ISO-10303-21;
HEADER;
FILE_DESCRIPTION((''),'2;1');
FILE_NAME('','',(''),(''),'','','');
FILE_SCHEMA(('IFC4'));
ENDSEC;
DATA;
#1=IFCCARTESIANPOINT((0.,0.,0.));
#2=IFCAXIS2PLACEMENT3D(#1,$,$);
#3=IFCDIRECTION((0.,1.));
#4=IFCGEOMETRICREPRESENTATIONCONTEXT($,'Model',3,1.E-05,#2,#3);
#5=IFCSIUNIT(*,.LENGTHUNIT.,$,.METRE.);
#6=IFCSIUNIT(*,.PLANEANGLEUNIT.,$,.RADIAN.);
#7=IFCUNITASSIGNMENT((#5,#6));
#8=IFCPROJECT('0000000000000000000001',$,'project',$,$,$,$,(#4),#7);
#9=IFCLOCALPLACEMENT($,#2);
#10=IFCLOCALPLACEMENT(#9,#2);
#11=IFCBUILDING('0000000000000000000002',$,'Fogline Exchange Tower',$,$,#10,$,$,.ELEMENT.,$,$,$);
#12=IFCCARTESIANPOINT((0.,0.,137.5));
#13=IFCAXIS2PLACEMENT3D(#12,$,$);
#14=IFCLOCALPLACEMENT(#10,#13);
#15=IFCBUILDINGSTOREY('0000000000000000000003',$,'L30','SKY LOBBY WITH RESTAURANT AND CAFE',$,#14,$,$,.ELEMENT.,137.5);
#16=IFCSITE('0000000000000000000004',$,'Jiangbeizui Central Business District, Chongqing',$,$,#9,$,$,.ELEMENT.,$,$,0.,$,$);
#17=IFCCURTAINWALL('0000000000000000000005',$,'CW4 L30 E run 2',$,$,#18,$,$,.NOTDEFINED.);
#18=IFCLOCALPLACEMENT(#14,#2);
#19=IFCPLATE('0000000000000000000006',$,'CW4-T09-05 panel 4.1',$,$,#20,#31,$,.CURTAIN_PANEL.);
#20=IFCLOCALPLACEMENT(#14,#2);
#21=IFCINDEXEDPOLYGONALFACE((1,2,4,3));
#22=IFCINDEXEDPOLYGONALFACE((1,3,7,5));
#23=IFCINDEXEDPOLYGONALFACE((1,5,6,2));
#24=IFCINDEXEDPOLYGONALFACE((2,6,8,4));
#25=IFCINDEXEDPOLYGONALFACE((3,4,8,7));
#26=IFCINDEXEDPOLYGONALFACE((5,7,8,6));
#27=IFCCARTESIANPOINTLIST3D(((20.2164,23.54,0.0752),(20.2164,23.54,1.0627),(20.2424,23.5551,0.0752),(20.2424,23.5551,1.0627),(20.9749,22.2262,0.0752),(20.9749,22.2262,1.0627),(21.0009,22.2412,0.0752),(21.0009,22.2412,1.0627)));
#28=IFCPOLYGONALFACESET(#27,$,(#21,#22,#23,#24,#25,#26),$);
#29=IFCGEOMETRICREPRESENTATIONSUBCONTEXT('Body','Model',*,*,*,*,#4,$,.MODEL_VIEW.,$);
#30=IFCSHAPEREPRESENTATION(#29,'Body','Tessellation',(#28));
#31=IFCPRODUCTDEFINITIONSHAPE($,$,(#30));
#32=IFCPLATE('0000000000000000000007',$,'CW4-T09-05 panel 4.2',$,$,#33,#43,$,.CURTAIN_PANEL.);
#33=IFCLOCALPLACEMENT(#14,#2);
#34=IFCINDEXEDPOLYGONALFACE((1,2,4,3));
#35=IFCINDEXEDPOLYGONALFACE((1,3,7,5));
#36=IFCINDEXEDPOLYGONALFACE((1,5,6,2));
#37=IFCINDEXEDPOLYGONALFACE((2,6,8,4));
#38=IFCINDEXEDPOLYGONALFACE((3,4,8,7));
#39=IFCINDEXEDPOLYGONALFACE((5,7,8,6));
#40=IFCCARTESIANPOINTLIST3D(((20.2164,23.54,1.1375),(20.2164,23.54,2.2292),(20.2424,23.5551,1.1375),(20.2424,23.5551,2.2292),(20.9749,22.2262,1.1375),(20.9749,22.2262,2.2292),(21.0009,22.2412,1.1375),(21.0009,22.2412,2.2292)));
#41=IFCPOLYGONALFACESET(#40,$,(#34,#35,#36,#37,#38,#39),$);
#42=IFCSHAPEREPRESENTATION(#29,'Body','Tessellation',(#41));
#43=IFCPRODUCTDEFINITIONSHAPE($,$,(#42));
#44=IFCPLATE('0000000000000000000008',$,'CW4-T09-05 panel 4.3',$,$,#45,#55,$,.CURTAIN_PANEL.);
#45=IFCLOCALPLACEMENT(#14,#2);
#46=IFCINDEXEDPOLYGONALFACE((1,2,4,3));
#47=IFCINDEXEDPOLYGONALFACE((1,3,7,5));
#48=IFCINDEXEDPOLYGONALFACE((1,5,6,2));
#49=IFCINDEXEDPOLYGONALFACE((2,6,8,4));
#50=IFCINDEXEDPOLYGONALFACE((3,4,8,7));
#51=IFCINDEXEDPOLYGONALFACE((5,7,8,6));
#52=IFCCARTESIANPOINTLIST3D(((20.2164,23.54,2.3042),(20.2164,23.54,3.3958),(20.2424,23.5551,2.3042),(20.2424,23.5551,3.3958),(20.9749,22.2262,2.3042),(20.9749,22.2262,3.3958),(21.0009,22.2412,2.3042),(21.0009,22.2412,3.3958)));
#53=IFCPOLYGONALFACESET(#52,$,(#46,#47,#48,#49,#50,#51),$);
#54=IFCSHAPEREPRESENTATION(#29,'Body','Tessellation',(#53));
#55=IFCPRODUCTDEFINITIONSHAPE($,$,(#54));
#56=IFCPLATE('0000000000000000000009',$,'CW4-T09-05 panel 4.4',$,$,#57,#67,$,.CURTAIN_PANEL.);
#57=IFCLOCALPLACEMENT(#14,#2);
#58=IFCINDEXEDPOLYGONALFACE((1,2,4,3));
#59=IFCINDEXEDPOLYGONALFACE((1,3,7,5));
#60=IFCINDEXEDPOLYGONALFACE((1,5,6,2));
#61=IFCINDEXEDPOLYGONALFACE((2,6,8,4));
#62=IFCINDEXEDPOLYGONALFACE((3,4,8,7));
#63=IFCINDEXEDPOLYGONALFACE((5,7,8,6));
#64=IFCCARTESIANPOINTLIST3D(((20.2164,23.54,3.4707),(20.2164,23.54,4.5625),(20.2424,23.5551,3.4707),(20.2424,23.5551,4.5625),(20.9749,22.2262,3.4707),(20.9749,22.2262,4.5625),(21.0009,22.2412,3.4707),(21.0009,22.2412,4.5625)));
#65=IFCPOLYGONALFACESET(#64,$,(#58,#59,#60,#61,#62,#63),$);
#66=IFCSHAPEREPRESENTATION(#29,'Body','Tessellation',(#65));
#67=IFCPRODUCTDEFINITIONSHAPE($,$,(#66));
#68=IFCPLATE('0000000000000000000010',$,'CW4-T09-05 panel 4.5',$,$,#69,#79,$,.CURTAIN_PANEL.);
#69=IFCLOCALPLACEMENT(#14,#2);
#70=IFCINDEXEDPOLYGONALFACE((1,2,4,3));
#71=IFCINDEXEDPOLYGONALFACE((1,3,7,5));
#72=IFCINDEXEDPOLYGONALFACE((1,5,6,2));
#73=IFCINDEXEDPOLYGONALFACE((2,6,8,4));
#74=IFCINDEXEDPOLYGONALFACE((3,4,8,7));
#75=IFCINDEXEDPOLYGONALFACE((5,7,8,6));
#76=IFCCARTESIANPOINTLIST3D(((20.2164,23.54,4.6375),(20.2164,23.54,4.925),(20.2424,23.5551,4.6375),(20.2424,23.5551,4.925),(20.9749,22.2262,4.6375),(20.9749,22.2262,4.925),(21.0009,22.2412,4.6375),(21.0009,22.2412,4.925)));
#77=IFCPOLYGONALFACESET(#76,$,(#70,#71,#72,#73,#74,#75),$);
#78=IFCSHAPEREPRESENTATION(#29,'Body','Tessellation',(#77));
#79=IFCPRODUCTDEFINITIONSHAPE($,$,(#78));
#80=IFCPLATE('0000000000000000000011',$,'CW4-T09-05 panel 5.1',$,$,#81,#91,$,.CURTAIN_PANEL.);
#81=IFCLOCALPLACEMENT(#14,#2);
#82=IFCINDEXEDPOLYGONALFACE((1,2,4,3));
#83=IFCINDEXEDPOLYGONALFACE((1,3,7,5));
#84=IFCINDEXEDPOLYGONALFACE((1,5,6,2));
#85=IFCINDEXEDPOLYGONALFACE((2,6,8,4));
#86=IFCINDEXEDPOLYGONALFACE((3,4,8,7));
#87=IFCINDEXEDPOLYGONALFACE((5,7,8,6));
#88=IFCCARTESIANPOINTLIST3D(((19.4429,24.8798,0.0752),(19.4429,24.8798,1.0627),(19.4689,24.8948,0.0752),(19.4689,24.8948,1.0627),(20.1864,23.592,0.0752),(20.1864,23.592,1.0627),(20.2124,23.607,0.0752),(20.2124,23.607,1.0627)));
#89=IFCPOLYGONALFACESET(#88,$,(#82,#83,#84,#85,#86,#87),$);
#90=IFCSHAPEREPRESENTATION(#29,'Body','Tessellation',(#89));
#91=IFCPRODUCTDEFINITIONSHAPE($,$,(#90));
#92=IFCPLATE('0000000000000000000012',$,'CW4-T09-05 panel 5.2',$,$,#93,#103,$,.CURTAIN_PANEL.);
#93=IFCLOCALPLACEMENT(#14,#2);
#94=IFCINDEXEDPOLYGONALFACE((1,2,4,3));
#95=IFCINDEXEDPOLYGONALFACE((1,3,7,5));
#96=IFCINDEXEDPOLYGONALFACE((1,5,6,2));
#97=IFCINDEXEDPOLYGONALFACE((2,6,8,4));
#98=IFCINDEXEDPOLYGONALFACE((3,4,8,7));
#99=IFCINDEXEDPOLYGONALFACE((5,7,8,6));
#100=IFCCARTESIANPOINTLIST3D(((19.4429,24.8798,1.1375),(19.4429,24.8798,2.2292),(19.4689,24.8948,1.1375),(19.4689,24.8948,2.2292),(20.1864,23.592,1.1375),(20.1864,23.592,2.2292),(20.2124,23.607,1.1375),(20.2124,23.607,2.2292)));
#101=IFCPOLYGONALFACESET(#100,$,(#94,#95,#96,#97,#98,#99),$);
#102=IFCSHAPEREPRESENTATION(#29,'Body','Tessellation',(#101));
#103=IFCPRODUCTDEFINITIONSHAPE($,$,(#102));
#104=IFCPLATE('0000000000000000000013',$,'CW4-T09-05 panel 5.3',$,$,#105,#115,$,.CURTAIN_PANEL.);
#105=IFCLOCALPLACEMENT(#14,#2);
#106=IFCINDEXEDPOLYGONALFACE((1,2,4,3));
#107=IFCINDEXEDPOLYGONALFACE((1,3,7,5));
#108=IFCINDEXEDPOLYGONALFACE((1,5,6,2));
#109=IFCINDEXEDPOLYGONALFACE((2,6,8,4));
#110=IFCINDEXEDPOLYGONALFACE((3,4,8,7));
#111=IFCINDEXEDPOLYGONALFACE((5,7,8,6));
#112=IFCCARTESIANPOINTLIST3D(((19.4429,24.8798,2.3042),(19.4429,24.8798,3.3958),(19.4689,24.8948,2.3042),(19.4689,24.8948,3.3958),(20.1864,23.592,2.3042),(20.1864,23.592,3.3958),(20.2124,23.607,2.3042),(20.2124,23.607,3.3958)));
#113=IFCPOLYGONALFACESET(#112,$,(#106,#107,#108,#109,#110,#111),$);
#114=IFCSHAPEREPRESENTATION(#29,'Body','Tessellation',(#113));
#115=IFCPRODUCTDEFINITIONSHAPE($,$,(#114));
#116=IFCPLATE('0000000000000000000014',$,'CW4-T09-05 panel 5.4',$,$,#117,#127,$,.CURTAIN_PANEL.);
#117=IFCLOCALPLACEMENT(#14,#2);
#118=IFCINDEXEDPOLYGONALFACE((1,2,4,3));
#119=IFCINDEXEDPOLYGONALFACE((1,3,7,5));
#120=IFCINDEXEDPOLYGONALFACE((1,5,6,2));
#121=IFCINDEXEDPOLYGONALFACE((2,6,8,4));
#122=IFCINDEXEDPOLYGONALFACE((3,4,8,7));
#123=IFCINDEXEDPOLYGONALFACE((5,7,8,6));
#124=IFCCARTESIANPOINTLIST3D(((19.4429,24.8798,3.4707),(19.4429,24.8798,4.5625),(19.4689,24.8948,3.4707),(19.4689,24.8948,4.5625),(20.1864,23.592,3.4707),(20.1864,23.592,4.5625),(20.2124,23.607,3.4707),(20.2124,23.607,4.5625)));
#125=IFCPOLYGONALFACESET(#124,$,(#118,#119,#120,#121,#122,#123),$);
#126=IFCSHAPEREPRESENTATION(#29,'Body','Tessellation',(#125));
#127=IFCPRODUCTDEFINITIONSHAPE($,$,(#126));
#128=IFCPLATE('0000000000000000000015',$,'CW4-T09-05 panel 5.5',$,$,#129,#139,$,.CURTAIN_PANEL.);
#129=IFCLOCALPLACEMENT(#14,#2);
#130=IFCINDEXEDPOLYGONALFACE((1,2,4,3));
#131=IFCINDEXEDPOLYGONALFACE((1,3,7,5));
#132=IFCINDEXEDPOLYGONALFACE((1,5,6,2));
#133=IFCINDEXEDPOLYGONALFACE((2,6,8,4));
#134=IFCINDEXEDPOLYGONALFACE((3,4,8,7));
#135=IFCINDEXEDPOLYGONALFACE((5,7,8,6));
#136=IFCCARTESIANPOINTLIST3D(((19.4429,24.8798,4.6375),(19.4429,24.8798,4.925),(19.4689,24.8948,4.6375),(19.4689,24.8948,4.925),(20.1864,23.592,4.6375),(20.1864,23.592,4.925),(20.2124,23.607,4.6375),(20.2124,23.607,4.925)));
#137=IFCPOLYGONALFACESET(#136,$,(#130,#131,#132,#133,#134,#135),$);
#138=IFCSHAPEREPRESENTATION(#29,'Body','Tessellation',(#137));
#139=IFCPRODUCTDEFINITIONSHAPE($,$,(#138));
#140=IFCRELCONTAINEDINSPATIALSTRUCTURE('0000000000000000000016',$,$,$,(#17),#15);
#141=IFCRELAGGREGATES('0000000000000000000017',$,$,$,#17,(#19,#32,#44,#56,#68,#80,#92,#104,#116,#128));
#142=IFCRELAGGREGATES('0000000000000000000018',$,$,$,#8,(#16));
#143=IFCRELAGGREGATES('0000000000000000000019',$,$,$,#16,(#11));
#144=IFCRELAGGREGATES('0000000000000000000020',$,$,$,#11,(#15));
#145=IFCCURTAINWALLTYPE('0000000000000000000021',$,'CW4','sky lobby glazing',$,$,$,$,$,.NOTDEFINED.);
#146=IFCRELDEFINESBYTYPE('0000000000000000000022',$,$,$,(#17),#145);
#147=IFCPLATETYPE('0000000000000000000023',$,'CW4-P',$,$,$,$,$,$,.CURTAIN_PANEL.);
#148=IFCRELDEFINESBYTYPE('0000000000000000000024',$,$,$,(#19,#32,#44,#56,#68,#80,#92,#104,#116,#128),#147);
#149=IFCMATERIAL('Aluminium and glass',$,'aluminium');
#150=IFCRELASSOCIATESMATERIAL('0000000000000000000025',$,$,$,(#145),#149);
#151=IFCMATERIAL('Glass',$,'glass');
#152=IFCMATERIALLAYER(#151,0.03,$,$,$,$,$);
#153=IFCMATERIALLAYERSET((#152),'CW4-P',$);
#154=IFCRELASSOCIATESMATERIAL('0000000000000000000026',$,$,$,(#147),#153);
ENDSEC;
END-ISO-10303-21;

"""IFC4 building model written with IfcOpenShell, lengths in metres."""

from ifc_helpers import new_model, si_unit, direction, frame, origin, origin_2d, place, context, subcontext, project, spatial, rectangle, extrude, material, layer, layer_set, type_object, element, aggregate, save


model = new_model("IFC4")

# Units and contexts
model_context = context("Model", 3, precision=1e-05, world=origin(), true_north=direction((0.0, 1.0)))
body_context = subcontext(model_context, "Body", "Model", "MODEL_VIEW")
ifc_project = project(units=[si_unit("LENGTHUNIT", "METRE"), si_unit("PLANEANGLEUNIT", "RADIAN")], contexts=[model_context])

# Site, building, storey
site_placement = place(None, origin())
site = spatial("IfcSite", under=ifc_project, at=site_placement, Name="Jiangbeizui Central Business District, Chongqing", CompositionType="ELEMENT", RefElevation=0.0)
building_placement = place(site_placement, origin())
building = spatial("IfcBuilding", under=site, at=building_placement, Name="Fogline Exchange Tower", CompositionType="ELEMENT")
storey_placement = place(building_placement, frame((0.0, 0.0, 137.5)))
storey = spatial("IfcBuildingStorey", under=building, at=storey_placement, Name="L30", Description="SKY LOBBY WITH RESTAURANT AND CAFE", CompositionType="ELEMENT", Elevation=137.5)

# Curtain wall, plates
ifc_material_1 = material(Name="Aluminium and glass", Category="aluminium")
curtain_wall_type = type_object("IfcCurtainWallType", Name="CW4", Description="sky lobby glazing", PredefinedType="NOTDEFINED", material=ifc_material_1)
curtain_wall_placement = place(storey_placement, origin())
curtain_wall = element("IfcCurtainWall", 1, at=curtain_wall_placement, inside=storey, type_object=curtain_wall_type, Name="CW4 L30 E run 2", PredefinedType="NOTDEFINED")
ifc_material_2 = material(Name="Glass", Category="glass")
ifc_layer = layer(ifc_material_2, 0.03)
ifc_layer_set = layer_set([ifc_layer], Name="CW4-P")
plate_type = type_object("IfcPlateType", Name="CW4-P", PredefinedType="CURTAIN_PANEL", material=ifc_layer_set)
plate_1_placement = place(storey_placement, frame((20.6086, 22.8906, 0.0752), z_axis=(0.0, 0.0, 1.0), x_axis=(-0.5, 0.866025, 0.0)))
plate_1 = element("IfcPlate", 2, at=plate_1_placement, type_object=plate_type, Name="CW4-T09-05 panel 4.1", PredefinedType="CURTAIN_PANEL", context=body_context, shape_type="SweptSolid", body=[
    extrude(rectangle(XDim=1.5171, YDim=0.03, at=origin_2d()), origin(), (0.0, 0.0, 1.0), 0.9875),
])
plate_2_placement = place(storey_placement, frame((20.6086, 22.8906, 1.1375), z_axis=(0.0, 0.0, 1.0), x_axis=(-0.5, 0.866025, 0.0)))
plate_2 = element("IfcPlate", 3, at=plate_2_placement, type_object=plate_type, Name="CW4-T09-05 panel 4.2", PredefinedType="CURTAIN_PANEL", context=body_context, shape_type="SweptSolid", body=[
    extrude(rectangle(XDim=1.5171, YDim=0.03, at=origin_2d()), origin(), (0.0, 0.0, 1.0), 1.0918),
])
plate_3_placement = place(storey_placement, frame((20.6086, 22.8906, 2.3042), z_axis=(0.0, 0.0, 1.0), x_axis=(-0.5, 0.866025, 0.0)))
plate_3 = element("IfcPlate", 4, at=plate_3_placement, type_object=plate_type, Name="CW4-T09-05 panel 4.3", PredefinedType="CURTAIN_PANEL", context=body_context, shape_type="SweptSolid", body=[
    extrude(rectangle(XDim=1.5171, YDim=0.03, at=origin_2d()), origin(), (0.0, 0.0, 1.0), 1.0916),
])
plate_4_placement = place(storey_placement, frame((20.6086, 22.8906, 3.4707), z_axis=(0.0, 0.0, 1.0), x_axis=(-0.5, 0.866025, 0.0)))
plate_4 = element("IfcPlate", 5, at=plate_4_placement, type_object=plate_type, Name="CW4-T09-05 panel 4.4", PredefinedType="CURTAIN_PANEL", context=body_context, shape_type="SweptSolid", body=[
    extrude(rectangle(XDim=1.5171, YDim=0.03, at=origin_2d()), origin(), (0.0, 0.0, 1.0), 1.0918),
])
plate_5_placement = place(storey_placement, frame((20.6086, 22.8906, 4.6375), z_axis=(0.0, 0.0, 1.0), x_axis=(-0.5, 0.866025, 0.0)))
plate_5 = element("IfcPlate", 6, at=plate_5_placement, type_object=plate_type, Name="CW4-T09-05 panel 4.5", PredefinedType="CURTAIN_PANEL", context=body_context, shape_type="SweptSolid", body=[
    extrude(rectangle(XDim=1.5171, YDim=0.03, at=origin_2d()), origin(), (0.0, 0.0, 1.0), 0.2876),
])
plate_6_placement = place(storey_placement, frame((19.8276, 24.2434, 0.0752), z_axis=(0.0, 0.0, 1.0), x_axis=(-0.5, 0.866025, 0.0)))
plate_6 = element("IfcPlate", 7, at=plate_6_placement, type_object=plate_type, Name="CW4-T09-05 panel 5.1", PredefinedType="CURTAIN_PANEL", context=body_context, shape_type="SweptSolid", body=[
    extrude(rectangle(XDim=1.4871, YDim=0.03, at=origin_2d()), origin(), (0.0, 0.0, 1.0), 0.9875),
])
plate_7_placement = place(storey_placement, frame((19.8276, 24.2434, 1.1375), z_axis=(0.0, 0.0, 1.0), x_axis=(-0.5, 0.866025, 0.0)))
plate_7 = element("IfcPlate", 8, at=plate_7_placement, type_object=plate_type, Name="CW4-T09-05 panel 5.2", PredefinedType="CURTAIN_PANEL", context=body_context, shape_type="SweptSolid", body=[
    extrude(rectangle(XDim=1.4871, YDim=0.03, at=origin_2d()), origin(), (0.0, 0.0, 1.0), 1.0918),
])
plate_8_placement = place(storey_placement, frame((19.8276, 24.2434, 2.3042), z_axis=(0.0, 0.0, 1.0), x_axis=(-0.5, 0.866025, 0.0)))
plate_8 = element("IfcPlate", 9, at=plate_8_placement, type_object=plate_type, Name="CW4-T09-05 panel 5.3", PredefinedType="CURTAIN_PANEL", context=body_context, shape_type="SweptSolid", body=[
    extrude(rectangle(XDim=1.4871, YDim=0.03, at=origin_2d()), origin(), (0.0, 0.0, 1.0), 1.0916),
])
plate_9_placement = place(storey_placement, frame((19.8276, 24.2434, 3.4707), z_axis=(0.0, 0.0, 1.0), x_axis=(-0.5, 0.866025, 0.0)))
plate_9 = element("IfcPlate", 10, at=plate_9_placement, type_object=plate_type, Name="CW4-T09-05 panel 5.4", PredefinedType="CURTAIN_PANEL", context=body_context, shape_type="SweptSolid", body=[
    extrude(rectangle(XDim=1.4871, YDim=0.03, at=origin_2d()), origin(), (0.0, 0.0, 1.0), 1.0918),
])
plate_10_placement = place(storey_placement, frame((19.8276, 24.2434, 4.6375), z_axis=(0.0, 0.0, 1.0), x_axis=(-0.5, 0.866025, 0.0)))
plate_10 = element("IfcPlate", 11, at=plate_10_placement, type_object=plate_type, Name="CW4-T09-05 panel 5.5", PredefinedType="CURTAIN_PANEL", context=body_context, shape_type="SweptSolid", body=[
    extrude(rectangle(XDim=1.4871, YDim=0.03, at=origin_2d()), origin(), (0.0, 0.0, 1.0), 0.2876),
])
aggregate(curtain_wall, [plate_1, plate_2, plate_3, plate_4, plate_5, plate_6, plate_7, plate_8, plate_9, plate_10])

save(model, "model.ifc")
